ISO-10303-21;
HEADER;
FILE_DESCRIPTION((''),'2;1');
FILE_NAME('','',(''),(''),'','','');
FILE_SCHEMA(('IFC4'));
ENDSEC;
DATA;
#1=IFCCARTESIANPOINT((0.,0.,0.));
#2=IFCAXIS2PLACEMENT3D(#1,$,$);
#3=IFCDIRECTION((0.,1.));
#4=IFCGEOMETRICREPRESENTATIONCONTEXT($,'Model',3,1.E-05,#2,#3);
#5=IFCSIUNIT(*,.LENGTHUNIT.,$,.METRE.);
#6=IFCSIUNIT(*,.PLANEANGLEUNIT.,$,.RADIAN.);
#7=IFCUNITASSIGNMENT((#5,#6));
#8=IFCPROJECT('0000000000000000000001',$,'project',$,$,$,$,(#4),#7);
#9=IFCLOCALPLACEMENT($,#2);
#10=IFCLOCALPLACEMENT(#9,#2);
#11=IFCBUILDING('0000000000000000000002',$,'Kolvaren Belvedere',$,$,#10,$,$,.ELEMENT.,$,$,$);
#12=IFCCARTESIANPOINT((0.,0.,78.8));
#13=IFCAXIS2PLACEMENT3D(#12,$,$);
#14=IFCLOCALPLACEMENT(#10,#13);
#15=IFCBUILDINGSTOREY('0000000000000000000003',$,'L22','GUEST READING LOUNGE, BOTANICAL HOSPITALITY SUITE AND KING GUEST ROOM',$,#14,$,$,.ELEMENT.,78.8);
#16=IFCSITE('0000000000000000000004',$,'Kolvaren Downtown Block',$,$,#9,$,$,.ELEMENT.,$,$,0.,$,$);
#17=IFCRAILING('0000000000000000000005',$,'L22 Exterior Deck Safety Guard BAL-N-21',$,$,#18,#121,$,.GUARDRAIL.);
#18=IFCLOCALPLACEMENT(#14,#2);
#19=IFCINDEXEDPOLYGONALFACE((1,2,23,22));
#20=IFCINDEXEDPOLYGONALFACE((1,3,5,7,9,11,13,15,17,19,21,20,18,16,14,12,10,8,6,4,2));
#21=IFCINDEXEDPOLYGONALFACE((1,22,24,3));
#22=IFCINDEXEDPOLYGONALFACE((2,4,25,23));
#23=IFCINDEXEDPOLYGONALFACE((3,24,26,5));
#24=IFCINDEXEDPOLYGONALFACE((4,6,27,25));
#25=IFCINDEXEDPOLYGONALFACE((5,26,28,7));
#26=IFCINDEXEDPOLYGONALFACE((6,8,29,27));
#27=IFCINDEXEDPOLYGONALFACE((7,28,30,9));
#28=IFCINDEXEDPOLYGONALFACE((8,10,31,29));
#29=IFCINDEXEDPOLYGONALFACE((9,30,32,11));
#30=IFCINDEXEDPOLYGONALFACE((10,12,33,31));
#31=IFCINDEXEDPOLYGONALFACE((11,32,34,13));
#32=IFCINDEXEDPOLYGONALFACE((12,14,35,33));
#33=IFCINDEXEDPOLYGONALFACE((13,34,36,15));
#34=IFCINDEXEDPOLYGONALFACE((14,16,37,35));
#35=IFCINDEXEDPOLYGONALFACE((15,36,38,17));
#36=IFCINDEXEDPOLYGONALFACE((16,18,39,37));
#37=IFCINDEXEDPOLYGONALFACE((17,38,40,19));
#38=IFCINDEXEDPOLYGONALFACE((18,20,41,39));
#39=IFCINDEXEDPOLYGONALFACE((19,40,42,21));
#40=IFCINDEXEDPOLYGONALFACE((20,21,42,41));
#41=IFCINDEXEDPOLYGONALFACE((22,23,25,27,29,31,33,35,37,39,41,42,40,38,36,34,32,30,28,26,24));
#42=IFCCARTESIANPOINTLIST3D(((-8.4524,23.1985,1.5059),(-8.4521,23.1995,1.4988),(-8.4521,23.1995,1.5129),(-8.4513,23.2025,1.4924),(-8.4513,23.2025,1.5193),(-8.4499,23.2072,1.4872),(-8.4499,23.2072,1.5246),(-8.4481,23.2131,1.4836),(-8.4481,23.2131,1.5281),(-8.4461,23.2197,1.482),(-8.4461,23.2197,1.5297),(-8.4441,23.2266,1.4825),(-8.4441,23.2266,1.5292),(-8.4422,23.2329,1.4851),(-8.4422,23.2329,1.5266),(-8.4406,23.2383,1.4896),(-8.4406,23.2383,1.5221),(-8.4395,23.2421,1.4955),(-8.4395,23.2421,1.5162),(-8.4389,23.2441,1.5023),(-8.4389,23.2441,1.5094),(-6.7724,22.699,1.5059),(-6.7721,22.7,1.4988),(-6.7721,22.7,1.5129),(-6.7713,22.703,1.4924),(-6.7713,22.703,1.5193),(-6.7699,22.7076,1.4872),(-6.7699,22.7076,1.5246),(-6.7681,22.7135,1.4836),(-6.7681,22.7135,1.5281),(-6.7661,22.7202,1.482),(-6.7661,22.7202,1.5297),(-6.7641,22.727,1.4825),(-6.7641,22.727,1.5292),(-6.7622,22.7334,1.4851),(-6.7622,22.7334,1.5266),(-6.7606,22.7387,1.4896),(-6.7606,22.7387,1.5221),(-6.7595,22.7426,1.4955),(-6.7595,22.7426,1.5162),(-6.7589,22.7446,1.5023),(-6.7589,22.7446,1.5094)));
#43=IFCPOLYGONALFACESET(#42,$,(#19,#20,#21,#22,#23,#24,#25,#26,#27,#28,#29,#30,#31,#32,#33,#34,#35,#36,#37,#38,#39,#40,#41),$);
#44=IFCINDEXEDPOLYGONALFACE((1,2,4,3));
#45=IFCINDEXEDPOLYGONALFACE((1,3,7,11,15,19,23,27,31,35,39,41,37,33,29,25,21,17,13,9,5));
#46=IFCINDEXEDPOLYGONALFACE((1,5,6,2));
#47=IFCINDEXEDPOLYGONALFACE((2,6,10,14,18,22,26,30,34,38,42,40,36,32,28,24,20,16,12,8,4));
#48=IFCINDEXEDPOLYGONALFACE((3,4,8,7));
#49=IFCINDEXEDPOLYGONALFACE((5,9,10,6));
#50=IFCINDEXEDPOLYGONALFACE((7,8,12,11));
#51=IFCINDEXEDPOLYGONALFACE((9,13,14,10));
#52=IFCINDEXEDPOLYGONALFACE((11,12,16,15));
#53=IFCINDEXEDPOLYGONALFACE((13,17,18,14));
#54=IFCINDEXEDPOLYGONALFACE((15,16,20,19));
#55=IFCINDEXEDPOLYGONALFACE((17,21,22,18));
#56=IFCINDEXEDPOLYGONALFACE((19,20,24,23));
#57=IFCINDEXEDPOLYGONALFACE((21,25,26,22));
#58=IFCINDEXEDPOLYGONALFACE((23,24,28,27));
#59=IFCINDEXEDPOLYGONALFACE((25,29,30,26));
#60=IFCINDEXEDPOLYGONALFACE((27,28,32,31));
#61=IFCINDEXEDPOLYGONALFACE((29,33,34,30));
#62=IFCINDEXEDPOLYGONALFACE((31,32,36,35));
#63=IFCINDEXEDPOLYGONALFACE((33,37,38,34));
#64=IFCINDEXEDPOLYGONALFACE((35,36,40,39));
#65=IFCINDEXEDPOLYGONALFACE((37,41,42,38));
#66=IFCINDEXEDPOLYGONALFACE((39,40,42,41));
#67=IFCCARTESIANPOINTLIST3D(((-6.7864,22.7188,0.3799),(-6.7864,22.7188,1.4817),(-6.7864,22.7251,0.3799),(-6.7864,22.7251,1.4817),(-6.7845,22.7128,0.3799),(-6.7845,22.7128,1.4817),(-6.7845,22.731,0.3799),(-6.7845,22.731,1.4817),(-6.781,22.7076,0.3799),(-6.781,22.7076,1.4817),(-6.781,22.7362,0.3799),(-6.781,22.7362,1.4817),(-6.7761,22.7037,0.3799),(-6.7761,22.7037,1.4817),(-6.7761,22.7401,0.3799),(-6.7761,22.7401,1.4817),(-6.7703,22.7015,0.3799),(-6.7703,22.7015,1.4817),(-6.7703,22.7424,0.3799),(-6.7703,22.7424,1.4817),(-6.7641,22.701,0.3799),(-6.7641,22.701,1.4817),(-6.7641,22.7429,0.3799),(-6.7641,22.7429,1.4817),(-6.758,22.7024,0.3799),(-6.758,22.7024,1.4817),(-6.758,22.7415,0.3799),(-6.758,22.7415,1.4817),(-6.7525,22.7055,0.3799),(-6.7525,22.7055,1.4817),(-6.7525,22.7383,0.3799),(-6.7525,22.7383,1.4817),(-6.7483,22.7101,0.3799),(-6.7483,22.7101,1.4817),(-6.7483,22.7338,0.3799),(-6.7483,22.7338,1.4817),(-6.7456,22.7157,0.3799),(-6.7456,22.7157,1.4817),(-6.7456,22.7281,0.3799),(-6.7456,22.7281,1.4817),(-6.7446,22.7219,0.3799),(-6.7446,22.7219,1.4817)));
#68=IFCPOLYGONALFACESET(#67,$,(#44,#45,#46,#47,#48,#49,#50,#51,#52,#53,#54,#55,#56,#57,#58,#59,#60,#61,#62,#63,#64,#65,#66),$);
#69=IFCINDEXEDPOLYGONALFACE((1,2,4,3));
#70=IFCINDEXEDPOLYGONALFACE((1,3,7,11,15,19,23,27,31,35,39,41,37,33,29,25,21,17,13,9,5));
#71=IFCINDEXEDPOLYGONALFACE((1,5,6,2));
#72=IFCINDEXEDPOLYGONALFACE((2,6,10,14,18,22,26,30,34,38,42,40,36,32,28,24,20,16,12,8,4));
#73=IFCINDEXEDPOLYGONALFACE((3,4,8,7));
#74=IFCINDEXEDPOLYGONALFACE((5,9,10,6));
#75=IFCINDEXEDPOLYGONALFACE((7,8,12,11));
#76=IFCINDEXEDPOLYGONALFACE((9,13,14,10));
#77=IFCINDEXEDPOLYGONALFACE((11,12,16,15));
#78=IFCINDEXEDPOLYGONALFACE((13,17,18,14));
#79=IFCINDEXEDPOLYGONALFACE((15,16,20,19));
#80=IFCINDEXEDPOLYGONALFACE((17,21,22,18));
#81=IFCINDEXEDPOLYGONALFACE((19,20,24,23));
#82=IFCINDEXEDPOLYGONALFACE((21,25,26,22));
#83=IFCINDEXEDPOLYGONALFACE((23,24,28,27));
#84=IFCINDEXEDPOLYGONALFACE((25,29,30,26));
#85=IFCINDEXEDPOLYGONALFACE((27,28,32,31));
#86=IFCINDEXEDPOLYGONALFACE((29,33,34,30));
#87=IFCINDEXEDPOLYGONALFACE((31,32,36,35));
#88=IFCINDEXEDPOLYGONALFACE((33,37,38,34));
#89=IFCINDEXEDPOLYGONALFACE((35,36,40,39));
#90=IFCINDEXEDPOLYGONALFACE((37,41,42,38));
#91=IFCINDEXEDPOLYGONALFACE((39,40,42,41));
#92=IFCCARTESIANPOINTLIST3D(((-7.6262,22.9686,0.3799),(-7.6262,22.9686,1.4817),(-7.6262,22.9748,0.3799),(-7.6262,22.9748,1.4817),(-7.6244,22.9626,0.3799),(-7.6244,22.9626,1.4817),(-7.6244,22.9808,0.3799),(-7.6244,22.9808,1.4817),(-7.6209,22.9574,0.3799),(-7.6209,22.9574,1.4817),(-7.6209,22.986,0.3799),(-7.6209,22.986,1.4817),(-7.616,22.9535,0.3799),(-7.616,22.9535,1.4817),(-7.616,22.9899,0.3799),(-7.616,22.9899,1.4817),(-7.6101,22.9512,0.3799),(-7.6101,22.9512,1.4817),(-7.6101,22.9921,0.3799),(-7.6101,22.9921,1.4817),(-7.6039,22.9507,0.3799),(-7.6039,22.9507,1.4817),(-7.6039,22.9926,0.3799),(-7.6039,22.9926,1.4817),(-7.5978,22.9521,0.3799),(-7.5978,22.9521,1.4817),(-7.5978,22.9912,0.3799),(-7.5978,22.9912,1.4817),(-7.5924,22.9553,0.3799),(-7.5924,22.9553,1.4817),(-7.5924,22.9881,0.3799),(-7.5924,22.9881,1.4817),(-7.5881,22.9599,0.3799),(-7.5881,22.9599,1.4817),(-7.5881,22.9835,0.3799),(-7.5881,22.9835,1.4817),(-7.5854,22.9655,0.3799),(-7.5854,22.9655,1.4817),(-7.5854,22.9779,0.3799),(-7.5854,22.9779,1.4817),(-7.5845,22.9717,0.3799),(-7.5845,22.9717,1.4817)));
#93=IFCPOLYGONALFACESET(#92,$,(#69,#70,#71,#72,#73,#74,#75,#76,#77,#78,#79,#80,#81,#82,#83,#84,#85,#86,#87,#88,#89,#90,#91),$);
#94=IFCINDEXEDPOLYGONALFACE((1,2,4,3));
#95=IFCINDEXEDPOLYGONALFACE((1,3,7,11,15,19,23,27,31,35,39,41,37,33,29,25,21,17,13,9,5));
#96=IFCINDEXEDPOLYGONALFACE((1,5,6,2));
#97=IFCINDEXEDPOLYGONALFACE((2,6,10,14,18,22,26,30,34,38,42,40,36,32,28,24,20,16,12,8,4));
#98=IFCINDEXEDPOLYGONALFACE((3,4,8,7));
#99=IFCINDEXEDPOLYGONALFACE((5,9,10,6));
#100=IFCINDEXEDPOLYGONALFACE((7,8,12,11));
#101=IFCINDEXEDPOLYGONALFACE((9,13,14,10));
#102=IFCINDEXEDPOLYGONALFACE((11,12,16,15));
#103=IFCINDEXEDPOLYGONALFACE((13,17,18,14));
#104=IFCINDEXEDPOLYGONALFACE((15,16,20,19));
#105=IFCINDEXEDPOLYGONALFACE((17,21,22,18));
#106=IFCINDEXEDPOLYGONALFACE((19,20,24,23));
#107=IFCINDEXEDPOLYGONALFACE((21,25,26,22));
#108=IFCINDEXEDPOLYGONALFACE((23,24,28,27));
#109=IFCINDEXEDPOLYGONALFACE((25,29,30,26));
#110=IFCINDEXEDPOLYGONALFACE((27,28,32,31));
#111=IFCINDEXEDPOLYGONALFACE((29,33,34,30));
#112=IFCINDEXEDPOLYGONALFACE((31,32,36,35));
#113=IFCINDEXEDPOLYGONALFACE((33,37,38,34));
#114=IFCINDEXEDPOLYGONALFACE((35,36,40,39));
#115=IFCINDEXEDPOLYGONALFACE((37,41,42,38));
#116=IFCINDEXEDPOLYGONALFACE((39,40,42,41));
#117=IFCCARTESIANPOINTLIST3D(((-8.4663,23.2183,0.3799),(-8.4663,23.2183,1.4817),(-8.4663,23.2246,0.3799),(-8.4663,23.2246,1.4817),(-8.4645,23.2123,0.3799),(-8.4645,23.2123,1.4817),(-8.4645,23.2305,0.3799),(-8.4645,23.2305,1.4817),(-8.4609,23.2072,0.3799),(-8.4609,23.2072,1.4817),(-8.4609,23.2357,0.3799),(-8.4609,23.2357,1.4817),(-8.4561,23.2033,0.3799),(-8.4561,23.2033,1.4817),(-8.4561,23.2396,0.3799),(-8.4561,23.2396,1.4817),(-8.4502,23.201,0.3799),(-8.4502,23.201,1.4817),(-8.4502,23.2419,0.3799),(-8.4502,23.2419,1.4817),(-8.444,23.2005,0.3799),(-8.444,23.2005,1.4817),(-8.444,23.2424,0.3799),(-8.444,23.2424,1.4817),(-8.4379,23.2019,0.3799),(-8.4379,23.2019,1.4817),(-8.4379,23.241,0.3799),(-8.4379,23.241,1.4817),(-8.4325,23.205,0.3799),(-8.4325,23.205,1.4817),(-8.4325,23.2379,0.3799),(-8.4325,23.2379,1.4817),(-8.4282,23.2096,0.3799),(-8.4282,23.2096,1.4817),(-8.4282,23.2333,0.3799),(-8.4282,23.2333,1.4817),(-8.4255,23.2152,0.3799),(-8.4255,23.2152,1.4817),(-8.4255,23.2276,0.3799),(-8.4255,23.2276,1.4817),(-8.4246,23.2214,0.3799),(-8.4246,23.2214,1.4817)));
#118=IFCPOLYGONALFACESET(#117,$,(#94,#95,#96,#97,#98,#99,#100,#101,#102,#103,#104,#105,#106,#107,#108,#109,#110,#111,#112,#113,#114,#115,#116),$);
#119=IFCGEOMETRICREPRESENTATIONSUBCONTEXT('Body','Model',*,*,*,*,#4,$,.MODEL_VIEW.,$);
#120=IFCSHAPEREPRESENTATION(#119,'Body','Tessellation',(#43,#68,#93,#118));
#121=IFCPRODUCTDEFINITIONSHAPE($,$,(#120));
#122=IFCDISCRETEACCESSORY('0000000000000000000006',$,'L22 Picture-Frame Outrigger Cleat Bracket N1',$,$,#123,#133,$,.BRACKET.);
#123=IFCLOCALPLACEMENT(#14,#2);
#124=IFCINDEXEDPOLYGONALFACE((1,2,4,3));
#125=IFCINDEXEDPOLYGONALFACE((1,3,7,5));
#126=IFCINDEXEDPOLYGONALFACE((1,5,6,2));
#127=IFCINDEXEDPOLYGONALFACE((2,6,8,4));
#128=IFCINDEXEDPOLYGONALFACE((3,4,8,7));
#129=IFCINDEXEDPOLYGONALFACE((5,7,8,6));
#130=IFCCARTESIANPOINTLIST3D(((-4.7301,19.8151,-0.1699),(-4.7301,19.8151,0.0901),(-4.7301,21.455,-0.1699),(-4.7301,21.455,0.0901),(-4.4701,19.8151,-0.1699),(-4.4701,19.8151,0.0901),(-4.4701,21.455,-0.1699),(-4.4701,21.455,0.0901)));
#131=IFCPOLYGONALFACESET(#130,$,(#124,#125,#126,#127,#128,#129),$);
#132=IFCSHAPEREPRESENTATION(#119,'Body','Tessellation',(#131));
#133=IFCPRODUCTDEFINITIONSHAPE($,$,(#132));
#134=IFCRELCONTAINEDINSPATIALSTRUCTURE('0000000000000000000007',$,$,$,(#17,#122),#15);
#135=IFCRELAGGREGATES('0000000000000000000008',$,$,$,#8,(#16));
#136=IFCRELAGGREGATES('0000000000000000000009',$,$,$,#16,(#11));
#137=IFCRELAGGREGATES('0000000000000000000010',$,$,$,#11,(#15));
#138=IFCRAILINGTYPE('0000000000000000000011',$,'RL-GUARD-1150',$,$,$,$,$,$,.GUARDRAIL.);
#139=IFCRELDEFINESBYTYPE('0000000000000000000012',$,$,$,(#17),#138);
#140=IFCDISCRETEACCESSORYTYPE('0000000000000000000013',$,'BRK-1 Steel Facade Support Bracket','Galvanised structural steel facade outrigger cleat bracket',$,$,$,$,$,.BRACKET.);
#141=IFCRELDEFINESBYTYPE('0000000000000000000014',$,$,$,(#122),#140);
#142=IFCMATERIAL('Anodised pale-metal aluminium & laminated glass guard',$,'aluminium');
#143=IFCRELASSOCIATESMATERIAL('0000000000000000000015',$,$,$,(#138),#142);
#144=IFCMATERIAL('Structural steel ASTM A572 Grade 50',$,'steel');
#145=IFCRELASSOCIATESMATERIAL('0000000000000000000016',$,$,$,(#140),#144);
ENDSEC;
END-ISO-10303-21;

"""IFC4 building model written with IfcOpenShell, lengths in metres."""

from ifc_helpers import new_model, si_unit, direction, frame, origin, origin_2d, place, context, subcontext, project, spatial, rectangle, circle, extrude, material, type_object, element, save


model = new_model("IFC4")

# Units and contexts
model_context = context("Model", 3, precision=1e-05, world=origin(), true_north=direction((0.0, 1.0)))
body_context = subcontext(model_context, "Body", "Model", "MODEL_VIEW")
ifc_project = project(units=[si_unit("LENGTHUNIT", "METRE"), si_unit("PLANEANGLEUNIT", "RADIAN")], contexts=[model_context])

# Site, building, storey
site_placement = place(None, origin())
site = spatial("IfcSite", under=ifc_project, at=site_placement, Name="Kolvaren Downtown Block", CompositionType="ELEMENT", RefElevation=0.0)
building_placement = place(site_placement, origin())
building = spatial("IfcBuilding", under=site, at=building_placement, Name="Kolvaren Belvedere", CompositionType="ELEMENT")
storey_placement = place(building_placement, frame((0.0, 0.0, 78.8)))
storey = spatial("IfcBuildingStorey", under=building, at=storey_placement, Name="L22", Description="GUEST READING LOUNGE, BOTANICAL HOSPITALITY SUITE AND KING GUEST ROOM", CompositionType="ELEMENT", Elevation=78.8)

# Railing
ifc_material_1 = material(Name="Anodised pale-metal aluminium & laminated glass guard", Category="aluminium")
railing_type = type_object("IfcRailingType", Name="RL-GUARD-1150", PredefinedType="GUARDRAIL", material=ifc_material_1)
railing_1_placement = place(storey_placement, frame((-6.7656, 22.7219, 0.3799)))
element("IfcRailing", 1, at=railing_1_placement, inside=storey, type_object=railing_type, Name="L22 Exterior Deck Safety Guard BAL-N-21", PredefinedType="GUARDRAIL", context=body_context, shape_type="SweptSolid", body=[
    extrude(circle(Radius=0.0239, at=origin_2d()), frame((0.0, 0.0, 1.126), z_axis=(-0.958525, 0.285008, 0.0), x_axis=(-0.285008, -0.958525, 0.0)), (0.0, 0.0, 1.0), 1.7527),
    extrude(circle(Radius=0.021, at=origin_2d()), origin(), (0.0, 0.0, 1.0), 1.1018),
    extrude(circle(Radius=0.021, at=origin_2d()), frame((-0.8398, 0.2498, 0.0)), (0.0, 0.0, 1.0), 1.1018),
    extrude(circle(Radius=0.021, at=origin_2d()), frame((-1.6799, 0.4995, 0.0)), (0.0, 0.0, 1.0), 1.1018),
])

# Discrete accessory
ifc_material_2 = material(Name="Structural steel ASTM A572 Grade 50", Category="steel")
discrete_accessory_type = type_object("IfcDiscreteAccessoryType", Name="BRK-1 Steel Facade Support Bracket", Description="Galvanised structural steel facade outrigger cleat bracket", PredefinedType="BRACKET", material=ifc_material_2)
discrete_accessory_placement = place(storey_placement, frame((-4.6001, 20.635, -0.1699), z_axis=(0.0, 0.0, 1.0), x_axis=(0.0, 1.0, 0.0)))
element("IfcDiscreteAccessory", 2, at=discrete_accessory_placement, inside=storey, type_object=discrete_accessory_type, Name="L22 Picture-Frame Outrigger Cleat Bracket N1", PredefinedType="BRACKET", context=body_context, shape_type="SweptSolid", body=[
    extrude(rectangle(XDim=1.6399, YDim=0.26, at=origin_2d()), origin(), (0.0, 0.0, 1.0), 0.26),
])

save(model, "model.ifc")
